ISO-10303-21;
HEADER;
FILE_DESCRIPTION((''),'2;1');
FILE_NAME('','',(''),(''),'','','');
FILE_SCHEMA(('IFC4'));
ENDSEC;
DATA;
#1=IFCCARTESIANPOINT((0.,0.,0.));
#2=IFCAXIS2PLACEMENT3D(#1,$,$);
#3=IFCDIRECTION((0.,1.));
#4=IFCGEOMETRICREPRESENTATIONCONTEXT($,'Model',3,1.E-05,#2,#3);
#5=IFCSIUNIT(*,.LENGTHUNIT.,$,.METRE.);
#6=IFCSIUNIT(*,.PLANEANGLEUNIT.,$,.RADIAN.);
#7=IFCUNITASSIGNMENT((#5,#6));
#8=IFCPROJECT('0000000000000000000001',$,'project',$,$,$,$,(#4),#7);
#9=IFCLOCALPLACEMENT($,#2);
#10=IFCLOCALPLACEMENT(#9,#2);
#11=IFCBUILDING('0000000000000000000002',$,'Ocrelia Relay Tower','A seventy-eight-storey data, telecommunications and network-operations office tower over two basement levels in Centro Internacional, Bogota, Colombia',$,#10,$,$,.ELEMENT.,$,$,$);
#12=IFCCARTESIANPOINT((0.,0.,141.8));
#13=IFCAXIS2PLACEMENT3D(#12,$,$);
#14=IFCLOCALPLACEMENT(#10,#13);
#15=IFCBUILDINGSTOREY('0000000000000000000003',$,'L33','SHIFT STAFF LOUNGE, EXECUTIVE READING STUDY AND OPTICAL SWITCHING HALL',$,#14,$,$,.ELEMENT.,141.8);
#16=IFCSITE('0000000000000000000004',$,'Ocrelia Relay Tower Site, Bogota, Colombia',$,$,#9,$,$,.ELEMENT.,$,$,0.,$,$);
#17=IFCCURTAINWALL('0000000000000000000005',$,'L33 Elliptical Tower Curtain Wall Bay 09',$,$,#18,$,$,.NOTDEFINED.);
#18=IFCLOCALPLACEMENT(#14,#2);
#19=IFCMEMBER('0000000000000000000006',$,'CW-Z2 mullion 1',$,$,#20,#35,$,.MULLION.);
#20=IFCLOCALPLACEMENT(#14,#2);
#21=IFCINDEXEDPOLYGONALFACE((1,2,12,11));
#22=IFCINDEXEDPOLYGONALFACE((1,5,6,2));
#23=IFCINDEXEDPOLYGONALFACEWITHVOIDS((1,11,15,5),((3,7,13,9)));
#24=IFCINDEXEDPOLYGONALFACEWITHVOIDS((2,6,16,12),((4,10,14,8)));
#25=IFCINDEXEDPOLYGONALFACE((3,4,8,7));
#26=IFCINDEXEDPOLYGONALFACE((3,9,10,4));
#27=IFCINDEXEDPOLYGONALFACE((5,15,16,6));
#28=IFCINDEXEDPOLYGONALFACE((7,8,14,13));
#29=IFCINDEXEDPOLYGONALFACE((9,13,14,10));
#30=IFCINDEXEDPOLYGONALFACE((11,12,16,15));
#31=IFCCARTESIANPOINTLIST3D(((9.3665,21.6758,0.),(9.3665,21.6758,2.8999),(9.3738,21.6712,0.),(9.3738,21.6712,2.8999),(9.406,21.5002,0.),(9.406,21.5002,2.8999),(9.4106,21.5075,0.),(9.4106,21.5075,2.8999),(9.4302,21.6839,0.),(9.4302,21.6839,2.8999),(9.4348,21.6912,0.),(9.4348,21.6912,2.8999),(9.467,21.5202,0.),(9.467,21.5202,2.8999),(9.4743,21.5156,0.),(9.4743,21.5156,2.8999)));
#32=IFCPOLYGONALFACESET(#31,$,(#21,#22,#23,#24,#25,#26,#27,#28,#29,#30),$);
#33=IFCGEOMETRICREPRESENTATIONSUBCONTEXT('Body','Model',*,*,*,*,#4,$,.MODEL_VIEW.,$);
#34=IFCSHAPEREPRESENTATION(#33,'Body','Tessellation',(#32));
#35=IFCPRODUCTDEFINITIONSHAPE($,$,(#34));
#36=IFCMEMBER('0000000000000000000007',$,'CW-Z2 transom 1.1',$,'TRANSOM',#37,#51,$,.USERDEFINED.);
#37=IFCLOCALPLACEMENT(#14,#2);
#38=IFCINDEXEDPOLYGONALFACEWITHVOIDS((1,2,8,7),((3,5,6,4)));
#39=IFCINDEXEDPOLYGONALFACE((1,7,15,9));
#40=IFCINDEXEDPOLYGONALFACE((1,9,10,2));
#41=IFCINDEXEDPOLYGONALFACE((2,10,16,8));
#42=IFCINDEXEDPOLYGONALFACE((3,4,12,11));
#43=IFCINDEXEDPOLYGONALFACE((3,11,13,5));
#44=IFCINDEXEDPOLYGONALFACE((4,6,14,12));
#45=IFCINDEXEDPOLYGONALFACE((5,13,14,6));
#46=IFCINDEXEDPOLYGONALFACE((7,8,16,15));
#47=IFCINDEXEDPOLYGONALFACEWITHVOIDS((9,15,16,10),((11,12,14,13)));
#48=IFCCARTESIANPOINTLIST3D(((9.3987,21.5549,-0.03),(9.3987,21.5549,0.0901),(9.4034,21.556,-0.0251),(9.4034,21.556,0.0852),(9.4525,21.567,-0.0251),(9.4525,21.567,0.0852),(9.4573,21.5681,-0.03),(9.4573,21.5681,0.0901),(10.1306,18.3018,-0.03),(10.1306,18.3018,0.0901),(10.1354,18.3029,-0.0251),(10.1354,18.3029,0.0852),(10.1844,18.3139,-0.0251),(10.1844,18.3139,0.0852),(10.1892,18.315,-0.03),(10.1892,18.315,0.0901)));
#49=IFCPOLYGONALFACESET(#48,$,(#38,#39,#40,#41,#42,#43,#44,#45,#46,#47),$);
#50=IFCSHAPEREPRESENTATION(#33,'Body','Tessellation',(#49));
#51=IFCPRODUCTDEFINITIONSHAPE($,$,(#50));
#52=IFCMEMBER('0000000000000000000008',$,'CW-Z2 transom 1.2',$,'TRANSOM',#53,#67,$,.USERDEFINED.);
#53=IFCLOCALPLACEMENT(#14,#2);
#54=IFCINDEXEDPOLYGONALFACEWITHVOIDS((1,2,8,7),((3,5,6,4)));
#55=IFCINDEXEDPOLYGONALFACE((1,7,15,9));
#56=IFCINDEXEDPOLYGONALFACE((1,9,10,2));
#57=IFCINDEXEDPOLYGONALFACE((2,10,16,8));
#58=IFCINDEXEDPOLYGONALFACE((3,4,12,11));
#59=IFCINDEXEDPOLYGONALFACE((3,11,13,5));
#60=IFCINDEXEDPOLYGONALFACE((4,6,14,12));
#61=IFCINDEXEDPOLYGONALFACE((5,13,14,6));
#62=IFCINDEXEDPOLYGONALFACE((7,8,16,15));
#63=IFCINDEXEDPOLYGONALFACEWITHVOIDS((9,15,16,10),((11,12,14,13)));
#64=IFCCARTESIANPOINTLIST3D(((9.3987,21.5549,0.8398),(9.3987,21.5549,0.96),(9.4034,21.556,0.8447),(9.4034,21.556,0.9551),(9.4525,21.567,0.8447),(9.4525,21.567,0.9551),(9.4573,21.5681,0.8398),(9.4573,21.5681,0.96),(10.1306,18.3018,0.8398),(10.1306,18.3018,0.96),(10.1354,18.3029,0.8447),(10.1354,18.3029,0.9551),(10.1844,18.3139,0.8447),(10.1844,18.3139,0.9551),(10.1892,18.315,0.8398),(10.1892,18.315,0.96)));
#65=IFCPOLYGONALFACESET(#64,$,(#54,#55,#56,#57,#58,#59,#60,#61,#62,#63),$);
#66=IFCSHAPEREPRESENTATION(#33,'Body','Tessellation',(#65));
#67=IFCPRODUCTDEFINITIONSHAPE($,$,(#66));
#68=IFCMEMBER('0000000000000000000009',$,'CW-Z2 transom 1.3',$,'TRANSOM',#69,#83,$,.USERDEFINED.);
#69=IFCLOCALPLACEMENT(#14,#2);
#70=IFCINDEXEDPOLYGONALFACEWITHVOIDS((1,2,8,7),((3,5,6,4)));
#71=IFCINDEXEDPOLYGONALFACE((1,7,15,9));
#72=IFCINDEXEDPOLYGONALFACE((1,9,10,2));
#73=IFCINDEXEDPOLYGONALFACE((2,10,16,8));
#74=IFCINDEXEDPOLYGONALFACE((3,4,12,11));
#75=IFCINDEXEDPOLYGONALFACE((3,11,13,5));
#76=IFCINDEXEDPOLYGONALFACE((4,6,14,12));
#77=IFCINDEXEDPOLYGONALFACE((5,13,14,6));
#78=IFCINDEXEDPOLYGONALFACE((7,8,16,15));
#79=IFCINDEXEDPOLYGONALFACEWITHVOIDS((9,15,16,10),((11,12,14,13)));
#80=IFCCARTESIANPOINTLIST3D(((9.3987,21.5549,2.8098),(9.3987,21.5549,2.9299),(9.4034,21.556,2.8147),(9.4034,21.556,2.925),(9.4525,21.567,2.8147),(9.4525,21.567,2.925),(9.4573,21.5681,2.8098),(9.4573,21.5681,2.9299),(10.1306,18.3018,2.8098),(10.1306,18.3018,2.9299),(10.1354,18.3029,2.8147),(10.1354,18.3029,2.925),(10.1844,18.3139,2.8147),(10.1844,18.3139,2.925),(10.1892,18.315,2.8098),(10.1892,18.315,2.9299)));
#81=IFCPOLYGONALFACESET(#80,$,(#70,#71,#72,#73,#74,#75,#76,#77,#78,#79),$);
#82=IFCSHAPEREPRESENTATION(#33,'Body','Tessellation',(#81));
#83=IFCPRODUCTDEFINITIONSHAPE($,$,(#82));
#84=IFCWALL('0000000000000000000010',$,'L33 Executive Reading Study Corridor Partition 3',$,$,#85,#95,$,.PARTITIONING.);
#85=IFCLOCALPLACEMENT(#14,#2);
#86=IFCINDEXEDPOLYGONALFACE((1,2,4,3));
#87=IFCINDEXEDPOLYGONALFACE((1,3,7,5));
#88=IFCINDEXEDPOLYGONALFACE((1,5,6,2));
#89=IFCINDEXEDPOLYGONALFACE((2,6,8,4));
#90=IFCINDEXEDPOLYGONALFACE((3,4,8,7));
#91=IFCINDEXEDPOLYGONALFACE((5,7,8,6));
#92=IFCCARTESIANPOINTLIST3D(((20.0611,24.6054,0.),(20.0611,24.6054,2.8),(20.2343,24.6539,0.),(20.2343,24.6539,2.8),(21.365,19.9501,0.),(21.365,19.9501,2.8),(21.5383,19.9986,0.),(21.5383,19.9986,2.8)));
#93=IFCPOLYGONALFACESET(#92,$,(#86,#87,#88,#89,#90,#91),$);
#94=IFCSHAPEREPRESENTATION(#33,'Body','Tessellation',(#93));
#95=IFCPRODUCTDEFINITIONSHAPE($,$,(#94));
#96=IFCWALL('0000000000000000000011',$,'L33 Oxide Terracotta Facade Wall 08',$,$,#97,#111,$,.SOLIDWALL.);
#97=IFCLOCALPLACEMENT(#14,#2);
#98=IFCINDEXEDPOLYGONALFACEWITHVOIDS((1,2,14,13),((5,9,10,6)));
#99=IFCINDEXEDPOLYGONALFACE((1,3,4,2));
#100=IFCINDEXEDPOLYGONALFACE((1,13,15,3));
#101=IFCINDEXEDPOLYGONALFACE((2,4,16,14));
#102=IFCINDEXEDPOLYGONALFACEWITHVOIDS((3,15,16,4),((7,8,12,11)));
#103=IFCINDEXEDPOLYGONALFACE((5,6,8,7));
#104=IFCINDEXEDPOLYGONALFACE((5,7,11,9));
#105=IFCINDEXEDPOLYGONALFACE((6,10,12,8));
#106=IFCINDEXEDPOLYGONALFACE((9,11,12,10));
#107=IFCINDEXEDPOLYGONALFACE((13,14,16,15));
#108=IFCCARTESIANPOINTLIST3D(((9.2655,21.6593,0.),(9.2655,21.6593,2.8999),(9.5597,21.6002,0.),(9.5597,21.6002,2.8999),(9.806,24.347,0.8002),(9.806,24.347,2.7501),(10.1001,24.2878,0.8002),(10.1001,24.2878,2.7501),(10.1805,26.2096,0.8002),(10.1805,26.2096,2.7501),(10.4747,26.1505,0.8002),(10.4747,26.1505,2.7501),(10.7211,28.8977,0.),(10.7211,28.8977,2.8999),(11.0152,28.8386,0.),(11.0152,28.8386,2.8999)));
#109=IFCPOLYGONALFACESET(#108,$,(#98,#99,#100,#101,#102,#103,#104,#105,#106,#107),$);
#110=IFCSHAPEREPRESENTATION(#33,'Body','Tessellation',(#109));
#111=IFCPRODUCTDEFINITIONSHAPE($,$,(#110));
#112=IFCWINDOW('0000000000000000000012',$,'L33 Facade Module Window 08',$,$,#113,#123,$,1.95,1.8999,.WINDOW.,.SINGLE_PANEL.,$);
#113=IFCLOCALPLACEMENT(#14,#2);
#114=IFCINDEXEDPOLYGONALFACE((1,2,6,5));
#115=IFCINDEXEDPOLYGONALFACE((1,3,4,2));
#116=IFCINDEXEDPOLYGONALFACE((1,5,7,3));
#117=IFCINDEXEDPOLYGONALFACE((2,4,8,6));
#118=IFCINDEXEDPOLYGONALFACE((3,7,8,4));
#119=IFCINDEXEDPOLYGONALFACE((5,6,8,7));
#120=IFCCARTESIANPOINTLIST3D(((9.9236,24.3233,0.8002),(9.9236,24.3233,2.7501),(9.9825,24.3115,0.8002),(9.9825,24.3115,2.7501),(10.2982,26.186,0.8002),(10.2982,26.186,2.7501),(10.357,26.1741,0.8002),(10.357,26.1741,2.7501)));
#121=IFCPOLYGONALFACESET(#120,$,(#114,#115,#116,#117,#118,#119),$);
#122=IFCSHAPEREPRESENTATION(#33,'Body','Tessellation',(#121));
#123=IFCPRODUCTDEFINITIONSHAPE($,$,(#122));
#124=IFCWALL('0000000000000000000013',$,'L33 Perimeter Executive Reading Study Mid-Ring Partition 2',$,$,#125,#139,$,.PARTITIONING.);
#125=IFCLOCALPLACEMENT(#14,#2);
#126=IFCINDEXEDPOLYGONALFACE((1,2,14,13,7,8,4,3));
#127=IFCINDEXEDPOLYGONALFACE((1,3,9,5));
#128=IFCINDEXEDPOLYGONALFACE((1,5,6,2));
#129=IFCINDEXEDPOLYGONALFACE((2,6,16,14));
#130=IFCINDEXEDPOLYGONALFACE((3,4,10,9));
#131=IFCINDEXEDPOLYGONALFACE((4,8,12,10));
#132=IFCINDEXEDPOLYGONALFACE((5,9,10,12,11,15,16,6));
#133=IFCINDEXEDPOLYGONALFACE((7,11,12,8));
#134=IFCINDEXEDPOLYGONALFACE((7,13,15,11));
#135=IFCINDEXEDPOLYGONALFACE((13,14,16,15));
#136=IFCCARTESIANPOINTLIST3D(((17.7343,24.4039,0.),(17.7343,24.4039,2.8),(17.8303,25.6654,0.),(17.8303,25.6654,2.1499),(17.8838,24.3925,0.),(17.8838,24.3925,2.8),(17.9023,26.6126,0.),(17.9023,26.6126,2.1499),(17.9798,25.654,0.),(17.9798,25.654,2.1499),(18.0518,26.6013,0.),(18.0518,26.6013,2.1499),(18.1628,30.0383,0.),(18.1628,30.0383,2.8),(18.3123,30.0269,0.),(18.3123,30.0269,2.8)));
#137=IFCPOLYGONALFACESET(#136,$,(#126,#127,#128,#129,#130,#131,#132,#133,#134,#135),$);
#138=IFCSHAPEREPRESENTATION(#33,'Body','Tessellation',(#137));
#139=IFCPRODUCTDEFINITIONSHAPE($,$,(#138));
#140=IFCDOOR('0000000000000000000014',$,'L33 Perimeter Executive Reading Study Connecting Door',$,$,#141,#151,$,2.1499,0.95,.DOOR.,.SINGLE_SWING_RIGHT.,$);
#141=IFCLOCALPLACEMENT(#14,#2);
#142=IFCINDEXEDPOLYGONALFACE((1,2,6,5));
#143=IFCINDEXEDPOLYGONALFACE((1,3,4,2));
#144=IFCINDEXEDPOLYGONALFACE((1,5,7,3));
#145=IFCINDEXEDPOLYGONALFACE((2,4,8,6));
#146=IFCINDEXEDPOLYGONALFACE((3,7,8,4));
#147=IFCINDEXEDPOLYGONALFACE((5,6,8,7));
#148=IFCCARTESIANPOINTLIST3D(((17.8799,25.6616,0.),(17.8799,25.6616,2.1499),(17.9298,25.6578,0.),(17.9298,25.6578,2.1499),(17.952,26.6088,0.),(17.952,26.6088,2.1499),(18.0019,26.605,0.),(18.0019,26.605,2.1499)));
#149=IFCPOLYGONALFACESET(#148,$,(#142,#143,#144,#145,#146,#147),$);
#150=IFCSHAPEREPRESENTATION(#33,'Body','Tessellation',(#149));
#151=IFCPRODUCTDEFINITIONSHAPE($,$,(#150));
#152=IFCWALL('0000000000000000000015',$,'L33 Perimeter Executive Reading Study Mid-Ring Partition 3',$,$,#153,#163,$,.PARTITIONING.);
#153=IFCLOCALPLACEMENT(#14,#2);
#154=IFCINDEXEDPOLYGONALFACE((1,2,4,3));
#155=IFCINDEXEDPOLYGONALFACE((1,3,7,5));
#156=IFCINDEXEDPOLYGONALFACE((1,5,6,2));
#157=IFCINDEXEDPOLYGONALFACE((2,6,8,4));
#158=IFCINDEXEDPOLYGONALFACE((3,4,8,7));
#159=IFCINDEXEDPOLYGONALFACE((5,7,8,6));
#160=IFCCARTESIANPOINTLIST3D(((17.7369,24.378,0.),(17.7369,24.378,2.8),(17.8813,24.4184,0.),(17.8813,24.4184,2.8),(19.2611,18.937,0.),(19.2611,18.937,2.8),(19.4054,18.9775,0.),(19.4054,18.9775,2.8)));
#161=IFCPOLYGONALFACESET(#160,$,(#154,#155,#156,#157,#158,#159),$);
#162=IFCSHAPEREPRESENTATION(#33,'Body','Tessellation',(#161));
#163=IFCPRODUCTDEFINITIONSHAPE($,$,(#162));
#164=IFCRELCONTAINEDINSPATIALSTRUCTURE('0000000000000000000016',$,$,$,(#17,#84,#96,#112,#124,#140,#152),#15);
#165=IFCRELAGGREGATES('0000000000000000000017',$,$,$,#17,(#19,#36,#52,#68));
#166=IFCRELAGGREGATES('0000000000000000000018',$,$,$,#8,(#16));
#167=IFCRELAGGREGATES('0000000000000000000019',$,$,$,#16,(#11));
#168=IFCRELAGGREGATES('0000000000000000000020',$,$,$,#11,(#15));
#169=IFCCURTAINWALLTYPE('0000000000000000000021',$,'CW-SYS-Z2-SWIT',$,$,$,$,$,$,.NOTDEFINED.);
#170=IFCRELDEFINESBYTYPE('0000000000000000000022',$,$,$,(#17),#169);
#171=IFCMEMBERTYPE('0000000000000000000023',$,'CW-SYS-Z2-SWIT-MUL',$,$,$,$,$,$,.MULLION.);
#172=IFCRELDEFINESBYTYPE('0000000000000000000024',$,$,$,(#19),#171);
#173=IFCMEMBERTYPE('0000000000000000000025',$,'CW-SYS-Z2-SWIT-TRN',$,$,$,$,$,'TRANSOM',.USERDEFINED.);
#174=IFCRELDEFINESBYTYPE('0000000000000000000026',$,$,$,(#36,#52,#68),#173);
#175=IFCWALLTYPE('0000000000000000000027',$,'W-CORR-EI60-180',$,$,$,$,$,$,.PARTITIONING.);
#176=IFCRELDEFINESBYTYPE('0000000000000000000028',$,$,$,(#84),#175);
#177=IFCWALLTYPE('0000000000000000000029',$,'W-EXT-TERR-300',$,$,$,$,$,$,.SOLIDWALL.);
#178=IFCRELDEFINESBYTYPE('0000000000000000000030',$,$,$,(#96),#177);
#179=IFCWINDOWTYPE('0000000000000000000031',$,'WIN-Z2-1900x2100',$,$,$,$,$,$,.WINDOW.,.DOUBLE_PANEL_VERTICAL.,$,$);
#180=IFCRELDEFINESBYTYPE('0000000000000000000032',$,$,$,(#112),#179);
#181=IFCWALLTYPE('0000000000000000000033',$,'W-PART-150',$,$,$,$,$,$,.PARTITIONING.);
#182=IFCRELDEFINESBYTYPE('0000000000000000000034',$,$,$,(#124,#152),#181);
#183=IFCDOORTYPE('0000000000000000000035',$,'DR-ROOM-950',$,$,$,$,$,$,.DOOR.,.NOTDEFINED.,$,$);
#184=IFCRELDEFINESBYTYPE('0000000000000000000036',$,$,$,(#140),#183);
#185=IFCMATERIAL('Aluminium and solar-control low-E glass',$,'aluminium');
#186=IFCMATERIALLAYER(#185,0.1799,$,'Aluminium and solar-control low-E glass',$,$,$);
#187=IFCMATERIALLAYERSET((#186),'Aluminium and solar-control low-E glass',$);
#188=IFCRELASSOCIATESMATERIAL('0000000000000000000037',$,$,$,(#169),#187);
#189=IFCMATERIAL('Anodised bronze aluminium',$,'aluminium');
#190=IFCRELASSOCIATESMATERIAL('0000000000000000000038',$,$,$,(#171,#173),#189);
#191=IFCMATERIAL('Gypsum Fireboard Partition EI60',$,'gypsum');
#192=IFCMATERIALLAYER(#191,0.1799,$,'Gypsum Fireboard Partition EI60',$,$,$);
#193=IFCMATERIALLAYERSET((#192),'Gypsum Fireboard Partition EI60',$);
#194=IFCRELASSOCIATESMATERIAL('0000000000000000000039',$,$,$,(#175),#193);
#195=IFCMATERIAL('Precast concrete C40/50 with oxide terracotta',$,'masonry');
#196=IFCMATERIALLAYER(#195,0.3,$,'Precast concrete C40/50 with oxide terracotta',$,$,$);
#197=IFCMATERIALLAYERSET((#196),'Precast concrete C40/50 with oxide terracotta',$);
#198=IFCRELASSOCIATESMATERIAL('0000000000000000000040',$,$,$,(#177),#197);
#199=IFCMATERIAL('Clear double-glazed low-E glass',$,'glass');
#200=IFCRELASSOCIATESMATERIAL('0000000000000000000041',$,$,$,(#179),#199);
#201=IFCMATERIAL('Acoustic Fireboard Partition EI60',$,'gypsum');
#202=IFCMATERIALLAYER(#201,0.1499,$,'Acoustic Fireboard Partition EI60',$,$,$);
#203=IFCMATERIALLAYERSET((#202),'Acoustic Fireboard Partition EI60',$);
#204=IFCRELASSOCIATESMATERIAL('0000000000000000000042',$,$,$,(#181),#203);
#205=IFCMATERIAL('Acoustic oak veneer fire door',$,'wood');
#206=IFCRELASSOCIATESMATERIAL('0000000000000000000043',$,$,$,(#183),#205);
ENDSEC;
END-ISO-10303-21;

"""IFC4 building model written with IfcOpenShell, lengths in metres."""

from ifc_helpers import new_model, si_unit, direction, frame, frame_2d, origin, origin_2d, place, context, subcontext, project, spatial, rectangle, hollow_rectangle, extrude, material, layer, layer_set, material_profile, profile_set, type_object, element, fill, aggregate, save


model = new_model("IFC4")

# Units and contexts
model_context = context("Model", 3, precision=1e-05, world=origin(), true_north=direction((0.0, 1.0)))
body_context = subcontext(model_context, "Body", "Model", "MODEL_VIEW")
ifc_project = project(units=[si_unit("LENGTHUNIT", "METRE"), si_unit("PLANEANGLEUNIT", "RADIAN")], contexts=[model_context])

# Site, building, storey
site_placement = place(None, origin())
site = spatial("IfcSite", under=ifc_project, at=site_placement, Name="Ocrelia Relay Tower Site, Bogota, Colombia", CompositionType="ELEMENT", RefElevation=0.0)
building_placement = place(site_placement, origin())
building = spatial("IfcBuilding", under=site, at=building_placement, Name="Ocrelia Relay Tower", Description="A seventy-eight-storey data, telecommunications and network-operations office tower over two basement levels in Centro Internacional, Bogota, Colombia", CompositionType="ELEMENT")
storey_placement = place(building_placement, frame((0.0, 0.0, 141.8)))
storey = spatial("IfcBuildingStorey", under=building, at=storey_placement, Name="L33", Description="SHIFT STAFF LOUNGE, EXECUTIVE READING STUDY AND OPTICAL SWITCHING HALL", CompositionType="ELEMENT", Elevation=141.8)

# Curtain wall, members
ifc_material_1 = material(Name="Aluminium and solar-control low-E glass", Category="aluminium")
ifc_layer_1 = layer(ifc_material_1, 0.1799, Name="Aluminium and solar-control low-E glass")
ifc_layer_set_1 = layer_set([ifc_layer_1], Name="Aluminium and solar-control low-E glass")
curtain_wall_type = type_object("IfcCurtainWallType", Name="CW-SYS-Z2-SWIT", PredefinedType="NOTDEFINED", material=ifc_layer_set_1)
curtain_wall_placement = place(storey_placement, origin())
curtain_wall = element("IfcCurtainWall", 1, at=curtain_wall_placement, inside=storey, type_object=curtain_wall_type, Name="L33 Elliptical Tower Curtain Wall Bay 09", PredefinedType="NOTDEFINED")
ifc_material_2 = material(Name="Anodised bronze aluminium", Category="aluminium")
ifc_material_profile_1 = material_profile(ifc_material_2, hollow_rectangle(XDim=0.0701, YDim=0.1799, WallThickness=0.0061, at=origin_2d()), Name="CW-MUL-180x70")
ifc_profile_set_1 = profile_set([ifc_material_profile_1], Name="Anodised bronze aluminium")
member_type_1 = type_object("IfcMemberType", Name="CW-SYS-Z2-SWIT-MUL", PredefinedType="MULLION", material=ifc_profile_set_1)
member_1_placement = place(storey_placement, frame((9.4204, 21.5957, 0.0), z_axis=(0.0, 0.0, 1.0), x_axis=(0.975611, 0.219506, 0.0)))
member_1 = element("IfcMember", 2, at=member_1_placement, type_object=member_type_1, Name="CW-Z2 mullion 1", PredefinedType="MULLION", context=body_context, shape_type="SweptSolid", body=[
    extrude(hollow_rectangle(XDim=0.0701, YDim=0.1799, WallThickness=0.0061, at=origin_2d()), origin(), (0.0, 0.0, 1.0), 2.8999),
])
ifc_material_profile_2 = material_profile(ifc_material_2, hollow_rectangle(XDim=0.0601, YDim=0.1201, WallThickness=0.0049, at=origin_2d()), Name="CW-TRN-120x60")
ifc_profile_set_2 = profile_set([ifc_material_profile_2], Name="Anodised bronze aluminium")
member_type_2 = type_object("IfcMemberType", Name="CW-SYS-Z2-SWIT-TRN", ElementType="TRANSOM", PredefinedType="USERDEFINED", material=ifc_profile_set_2)
member_2_placement = place(storey_placement, frame((9.428, 21.5615, 0.03), z_axis=(0.219503, -0.975612, 0.0), x_axis=(0.975612, 0.219503, 0.0)))
member_2 = element("IfcMember", 3, at=member_2_placement, type_object=member_type_2, Name="CW-Z2 transom 1.1", ObjectType="TRANSOM", PredefinedType="USERDEFINED", context=body_context, shape_type="SweptSolid", body=[
    extrude(hollow_rectangle(XDim=0.0601, YDim=0.1201, WallThickness=0.0049, at=origin_2d()), origin(), (0.0, 0.0, 1.0), 3.3345),
])
member_3_placement = place(storey_placement, frame((9.428, 21.5615, 0.8999), z_axis=(0.219503, -0.975612, 0.0), x_axis=(0.975612, 0.219503, 0.0)))
member_3 = element("IfcMember", 4, at=member_3_placement, type_object=member_type_2, Name="CW-Z2 transom 1.2", ObjectType="TRANSOM", PredefinedType="USERDEFINED", context=body_context, shape_type="SweptSolid", body=[
    extrude(hollow_rectangle(XDim=0.0601, YDim=0.1201, WallThickness=0.0049, at=origin_2d()), origin(), (0.0, 0.0, 1.0), 3.3345),
])
member_4_placement = place(storey_placement, frame((9.428, 21.5615, 2.8699), z_axis=(0.219503, -0.975612, 0.0), x_axis=(0.975612, 0.219503, 0.0)))
member_4 = element("IfcMember", 5, at=member_4_placement, type_object=member_type_2, Name="CW-Z2 transom 1.3", ObjectType="TRANSOM", PredefinedType="USERDEFINED", context=body_context, shape_type="SweptSolid", body=[
    extrude(hollow_rectangle(XDim=0.0601, YDim=0.1201, WallThickness=0.0049, at=origin_2d()), origin(), (0.0, 0.0, 1.0), 3.3345),
])
aggregate(curtain_wall, [member_1, member_2, member_3, member_4])

# Wall
ifc_material_3 = material(Name="Gypsum Fireboard Partition EI60", Category="gypsum")
ifc_layer_2 = layer(ifc_material_3, 0.1799, Name="Gypsum Fireboard Partition EI60")
ifc_layer_set_2 = layer_set([ifc_layer_2], Name="Gypsum Fireboard Partition EI60")
wall_type_1 = type_object("IfcWallType", Name="W-CORR-EI60-180", PredefinedType="PARTITIONING", material=ifc_layer_set_2)
wall_1_placement = place(storey_placement, frame((20.1477, 24.6296, 0.0), z_axis=(0.0, 0.0, 1.0), x_axis=(0.269722, -0.962938, 0.0)))
element("IfcWall", 6, at=wall_1_placement, inside=storey, type_object=wall_type_1, Name="L33 Executive Reading Study Corridor Partition 3", PredefinedType="PARTITIONING", context=body_context, shape_type="SweptSolid", body=[
    extrude(rectangle(XDim=4.8345, YDim=0.1799, at=frame_2d((2.4172, 0.0))), origin(), (0.0, 0.0, 1.0), 2.8),
])

# Wall, opening, window
ifc_material_4 = material(Name="Precast concrete C40/50 with oxide terracotta", Category="masonry")
ifc_layer_3 = layer(ifc_material_4, 0.3, Name="Precast concrete C40/50 with oxide terracotta")
ifc_layer_set_3 = layer_set([ifc_layer_3], Name="Precast concrete C40/50 with oxide terracotta")
wall_type_2 = type_object("IfcWallType", Name="W-EXT-TERR-300", PredefinedType="SOLIDWALL", material=ifc_layer_set_3)
wall_2_placement = place(storey_placement, frame((10.8682, 28.8682, 0.0), z_axis=(0.0, 0.0, 1.0), x_axis=(-0.197146, -0.980374, 0.0)))
wall_2 = element("IfcWall", 7, at=wall_2_placement, inside=storey, type_object=wall_type_2, Name="L33 Oxide Terracotta Facade Wall 08", PredefinedType="SOLIDWALL", context=body_context, shape_type="SweptSolid", body=[
    extrude(rectangle(XDim=7.3833, YDim=0.3, at=frame_2d((3.6917, 0.0))), origin(), (0.0, 0.0, 1.0), 2.8999),
])
opening_1_placement = place(wall_2_placement, frame((2.7419, 0.0, 0.8)))
opening_1 = element("IfcOpeningElement", 8, at=opening_1_placement, cuts=wall_2, PredefinedType="OPENING", context=body_context, shape_type="SweptSolid", body=[
    extrude(rectangle(XDim=1.8999, YDim=1.95, at=frame_2d((0.95, 0.9751))), frame((0.0, 0.1602, 0.0), z_axis=(0.0, -1.0, 0.0), x_axis=(1.0, 0.0, 0.0)), (0.0, 0.0, 1.0), 0.3201),
])
ifc_material_5 = material(Name="Clear double-glazed low-E glass", Category="glass")
window_type = type_object("IfcWindowType", Name="WIN-Z2-1900x2100", PartitioningType="DOUBLE_PANEL_VERTICAL", PredefinedType="WINDOW", material=ifc_material_5)
window_placement = place(opening_1_placement, origin())
window = element("IfcWindow", 9, at=window_placement, inside=storey, type_object=window_type, Name="L33 Facade Module Window 08", OverallHeight=1.95, OverallWidth=1.8999, PartitioningType="SINGLE_PANEL", PredefinedType="WINDOW", context=body_context, shape_type="SweptSolid", body=[
    extrude(rectangle(XDim=1.8999, YDim=1.95, at=frame_2d((0.95, 0.9751))), frame((0.0, 0.03, 0.0), z_axis=(0.0, -1.0, 0.0), x_axis=(1.0, 0.0, 0.0)), (0.0, 0.0, 1.0), 0.0601),
])
fill(opening_1, window)

# Wall, opening, door
ifc_material_6 = material(Name="Acoustic Fireboard Partition EI60", Category="gypsum")
ifc_layer_4 = layer(ifc_material_6, 0.1499, Name="Acoustic Fireboard Partition EI60")
ifc_layer_set_4 = layer_set([ifc_layer_4], Name="Acoustic Fireboard Partition EI60")
wall_type_3 = type_object("IfcWallType", Name="W-PART-150", PredefinedType="PARTITIONING", material=ifc_layer_set_4)
wall_3_placement = place(storey_placement, frame((18.2375, 30.0325, 0.0), z_axis=(0.0, 0.0, 1.0), x_axis=(-0.075828, -0.997121, 0.0)))
wall_3 = element("IfcWall", 10, at=wall_3_placement, inside=storey, type_object=wall_type_3, Name="L33 Perimeter Executive Reading Study Mid-Ring Partition 2", PredefinedType="PARTITIONING", context=body_context, shape_type="SweptSolid", body=[
    extrude(rectangle(XDim=5.6506, YDim=0.1499, at=frame_2d((2.8252, 0.0))), origin(), (0.0, 0.0, 1.0), 2.8),
])
opening_2_placement = place(wall_3_placement, frame((3.4353, 0.0, 0.0)))
opening_2 = element("IfcOpeningElement", 11, at=opening_2_placement, cuts=wall_3, PredefinedType="OPENING", context=body_context, shape_type="SweptSolid", body=[
    extrude(rectangle(XDim=0.95, YDim=2.1499, at=frame_2d((0.4751, 1.075))), frame((0.0, 0.085, 0.0), z_axis=(0.0, -1.0, 0.0), x_axis=(1.0, 0.0, 0.0)), (0.0, 0.0, 1.0), 0.1699),
])
ifc_material_7 = material(Name="Acoustic oak veneer fire door", Category="wood")
door_type = type_object("IfcDoorType", Name="DR-ROOM-950", OperationType="NOTDEFINED", PredefinedType="DOOR", material=ifc_material_7)
door_placement = place(opening_2_placement, origin())
door = element("IfcDoor", 12, at=door_placement, inside=storey, type_object=door_type, Name="L33 Perimeter Executive Reading Study Connecting Door", OperationType="SINGLE_SWING_RIGHT", OverallHeight=2.1499, OverallWidth=0.95, PredefinedType="DOOR", context=body_context, shape_type="SweptSolid", body=[
    extrude(rectangle(XDim=0.95, YDim=2.1499, at=frame_2d((0.4751, 1.075))), frame((0.0, 0.0249, 0.0), z_axis=(0.0, -1.0, 0.0), x_axis=(1.0, 0.0, 0.0)), (0.0, 0.0, 1.0), 0.05),
])
fill(opening_2, door)

# Wall
wall_4_placement = place(storey_placement, frame((17.8091, 24.3982, 0.0), z_axis=(0.0, 0.0, 1.0), x_axis=(0.269747, -0.962931, 0.0)))
element("IfcWall", 13, at=wall_4_placement, inside=storey, type_object=wall_type_3, Name="L33 Perimeter Executive Reading Study Mid-Ring Partition 3", PredefinedType="PARTITIONING", context=body_context, shape_type="SweptSolid", body=[
    extrude(rectangle(XDim=5.6504, YDim=0.1499, at=frame_2d((2.8252, 0.0))), origin(), (0.0, 0.0, 1.0), 2.8),
])

save(model, "model.ifc")
